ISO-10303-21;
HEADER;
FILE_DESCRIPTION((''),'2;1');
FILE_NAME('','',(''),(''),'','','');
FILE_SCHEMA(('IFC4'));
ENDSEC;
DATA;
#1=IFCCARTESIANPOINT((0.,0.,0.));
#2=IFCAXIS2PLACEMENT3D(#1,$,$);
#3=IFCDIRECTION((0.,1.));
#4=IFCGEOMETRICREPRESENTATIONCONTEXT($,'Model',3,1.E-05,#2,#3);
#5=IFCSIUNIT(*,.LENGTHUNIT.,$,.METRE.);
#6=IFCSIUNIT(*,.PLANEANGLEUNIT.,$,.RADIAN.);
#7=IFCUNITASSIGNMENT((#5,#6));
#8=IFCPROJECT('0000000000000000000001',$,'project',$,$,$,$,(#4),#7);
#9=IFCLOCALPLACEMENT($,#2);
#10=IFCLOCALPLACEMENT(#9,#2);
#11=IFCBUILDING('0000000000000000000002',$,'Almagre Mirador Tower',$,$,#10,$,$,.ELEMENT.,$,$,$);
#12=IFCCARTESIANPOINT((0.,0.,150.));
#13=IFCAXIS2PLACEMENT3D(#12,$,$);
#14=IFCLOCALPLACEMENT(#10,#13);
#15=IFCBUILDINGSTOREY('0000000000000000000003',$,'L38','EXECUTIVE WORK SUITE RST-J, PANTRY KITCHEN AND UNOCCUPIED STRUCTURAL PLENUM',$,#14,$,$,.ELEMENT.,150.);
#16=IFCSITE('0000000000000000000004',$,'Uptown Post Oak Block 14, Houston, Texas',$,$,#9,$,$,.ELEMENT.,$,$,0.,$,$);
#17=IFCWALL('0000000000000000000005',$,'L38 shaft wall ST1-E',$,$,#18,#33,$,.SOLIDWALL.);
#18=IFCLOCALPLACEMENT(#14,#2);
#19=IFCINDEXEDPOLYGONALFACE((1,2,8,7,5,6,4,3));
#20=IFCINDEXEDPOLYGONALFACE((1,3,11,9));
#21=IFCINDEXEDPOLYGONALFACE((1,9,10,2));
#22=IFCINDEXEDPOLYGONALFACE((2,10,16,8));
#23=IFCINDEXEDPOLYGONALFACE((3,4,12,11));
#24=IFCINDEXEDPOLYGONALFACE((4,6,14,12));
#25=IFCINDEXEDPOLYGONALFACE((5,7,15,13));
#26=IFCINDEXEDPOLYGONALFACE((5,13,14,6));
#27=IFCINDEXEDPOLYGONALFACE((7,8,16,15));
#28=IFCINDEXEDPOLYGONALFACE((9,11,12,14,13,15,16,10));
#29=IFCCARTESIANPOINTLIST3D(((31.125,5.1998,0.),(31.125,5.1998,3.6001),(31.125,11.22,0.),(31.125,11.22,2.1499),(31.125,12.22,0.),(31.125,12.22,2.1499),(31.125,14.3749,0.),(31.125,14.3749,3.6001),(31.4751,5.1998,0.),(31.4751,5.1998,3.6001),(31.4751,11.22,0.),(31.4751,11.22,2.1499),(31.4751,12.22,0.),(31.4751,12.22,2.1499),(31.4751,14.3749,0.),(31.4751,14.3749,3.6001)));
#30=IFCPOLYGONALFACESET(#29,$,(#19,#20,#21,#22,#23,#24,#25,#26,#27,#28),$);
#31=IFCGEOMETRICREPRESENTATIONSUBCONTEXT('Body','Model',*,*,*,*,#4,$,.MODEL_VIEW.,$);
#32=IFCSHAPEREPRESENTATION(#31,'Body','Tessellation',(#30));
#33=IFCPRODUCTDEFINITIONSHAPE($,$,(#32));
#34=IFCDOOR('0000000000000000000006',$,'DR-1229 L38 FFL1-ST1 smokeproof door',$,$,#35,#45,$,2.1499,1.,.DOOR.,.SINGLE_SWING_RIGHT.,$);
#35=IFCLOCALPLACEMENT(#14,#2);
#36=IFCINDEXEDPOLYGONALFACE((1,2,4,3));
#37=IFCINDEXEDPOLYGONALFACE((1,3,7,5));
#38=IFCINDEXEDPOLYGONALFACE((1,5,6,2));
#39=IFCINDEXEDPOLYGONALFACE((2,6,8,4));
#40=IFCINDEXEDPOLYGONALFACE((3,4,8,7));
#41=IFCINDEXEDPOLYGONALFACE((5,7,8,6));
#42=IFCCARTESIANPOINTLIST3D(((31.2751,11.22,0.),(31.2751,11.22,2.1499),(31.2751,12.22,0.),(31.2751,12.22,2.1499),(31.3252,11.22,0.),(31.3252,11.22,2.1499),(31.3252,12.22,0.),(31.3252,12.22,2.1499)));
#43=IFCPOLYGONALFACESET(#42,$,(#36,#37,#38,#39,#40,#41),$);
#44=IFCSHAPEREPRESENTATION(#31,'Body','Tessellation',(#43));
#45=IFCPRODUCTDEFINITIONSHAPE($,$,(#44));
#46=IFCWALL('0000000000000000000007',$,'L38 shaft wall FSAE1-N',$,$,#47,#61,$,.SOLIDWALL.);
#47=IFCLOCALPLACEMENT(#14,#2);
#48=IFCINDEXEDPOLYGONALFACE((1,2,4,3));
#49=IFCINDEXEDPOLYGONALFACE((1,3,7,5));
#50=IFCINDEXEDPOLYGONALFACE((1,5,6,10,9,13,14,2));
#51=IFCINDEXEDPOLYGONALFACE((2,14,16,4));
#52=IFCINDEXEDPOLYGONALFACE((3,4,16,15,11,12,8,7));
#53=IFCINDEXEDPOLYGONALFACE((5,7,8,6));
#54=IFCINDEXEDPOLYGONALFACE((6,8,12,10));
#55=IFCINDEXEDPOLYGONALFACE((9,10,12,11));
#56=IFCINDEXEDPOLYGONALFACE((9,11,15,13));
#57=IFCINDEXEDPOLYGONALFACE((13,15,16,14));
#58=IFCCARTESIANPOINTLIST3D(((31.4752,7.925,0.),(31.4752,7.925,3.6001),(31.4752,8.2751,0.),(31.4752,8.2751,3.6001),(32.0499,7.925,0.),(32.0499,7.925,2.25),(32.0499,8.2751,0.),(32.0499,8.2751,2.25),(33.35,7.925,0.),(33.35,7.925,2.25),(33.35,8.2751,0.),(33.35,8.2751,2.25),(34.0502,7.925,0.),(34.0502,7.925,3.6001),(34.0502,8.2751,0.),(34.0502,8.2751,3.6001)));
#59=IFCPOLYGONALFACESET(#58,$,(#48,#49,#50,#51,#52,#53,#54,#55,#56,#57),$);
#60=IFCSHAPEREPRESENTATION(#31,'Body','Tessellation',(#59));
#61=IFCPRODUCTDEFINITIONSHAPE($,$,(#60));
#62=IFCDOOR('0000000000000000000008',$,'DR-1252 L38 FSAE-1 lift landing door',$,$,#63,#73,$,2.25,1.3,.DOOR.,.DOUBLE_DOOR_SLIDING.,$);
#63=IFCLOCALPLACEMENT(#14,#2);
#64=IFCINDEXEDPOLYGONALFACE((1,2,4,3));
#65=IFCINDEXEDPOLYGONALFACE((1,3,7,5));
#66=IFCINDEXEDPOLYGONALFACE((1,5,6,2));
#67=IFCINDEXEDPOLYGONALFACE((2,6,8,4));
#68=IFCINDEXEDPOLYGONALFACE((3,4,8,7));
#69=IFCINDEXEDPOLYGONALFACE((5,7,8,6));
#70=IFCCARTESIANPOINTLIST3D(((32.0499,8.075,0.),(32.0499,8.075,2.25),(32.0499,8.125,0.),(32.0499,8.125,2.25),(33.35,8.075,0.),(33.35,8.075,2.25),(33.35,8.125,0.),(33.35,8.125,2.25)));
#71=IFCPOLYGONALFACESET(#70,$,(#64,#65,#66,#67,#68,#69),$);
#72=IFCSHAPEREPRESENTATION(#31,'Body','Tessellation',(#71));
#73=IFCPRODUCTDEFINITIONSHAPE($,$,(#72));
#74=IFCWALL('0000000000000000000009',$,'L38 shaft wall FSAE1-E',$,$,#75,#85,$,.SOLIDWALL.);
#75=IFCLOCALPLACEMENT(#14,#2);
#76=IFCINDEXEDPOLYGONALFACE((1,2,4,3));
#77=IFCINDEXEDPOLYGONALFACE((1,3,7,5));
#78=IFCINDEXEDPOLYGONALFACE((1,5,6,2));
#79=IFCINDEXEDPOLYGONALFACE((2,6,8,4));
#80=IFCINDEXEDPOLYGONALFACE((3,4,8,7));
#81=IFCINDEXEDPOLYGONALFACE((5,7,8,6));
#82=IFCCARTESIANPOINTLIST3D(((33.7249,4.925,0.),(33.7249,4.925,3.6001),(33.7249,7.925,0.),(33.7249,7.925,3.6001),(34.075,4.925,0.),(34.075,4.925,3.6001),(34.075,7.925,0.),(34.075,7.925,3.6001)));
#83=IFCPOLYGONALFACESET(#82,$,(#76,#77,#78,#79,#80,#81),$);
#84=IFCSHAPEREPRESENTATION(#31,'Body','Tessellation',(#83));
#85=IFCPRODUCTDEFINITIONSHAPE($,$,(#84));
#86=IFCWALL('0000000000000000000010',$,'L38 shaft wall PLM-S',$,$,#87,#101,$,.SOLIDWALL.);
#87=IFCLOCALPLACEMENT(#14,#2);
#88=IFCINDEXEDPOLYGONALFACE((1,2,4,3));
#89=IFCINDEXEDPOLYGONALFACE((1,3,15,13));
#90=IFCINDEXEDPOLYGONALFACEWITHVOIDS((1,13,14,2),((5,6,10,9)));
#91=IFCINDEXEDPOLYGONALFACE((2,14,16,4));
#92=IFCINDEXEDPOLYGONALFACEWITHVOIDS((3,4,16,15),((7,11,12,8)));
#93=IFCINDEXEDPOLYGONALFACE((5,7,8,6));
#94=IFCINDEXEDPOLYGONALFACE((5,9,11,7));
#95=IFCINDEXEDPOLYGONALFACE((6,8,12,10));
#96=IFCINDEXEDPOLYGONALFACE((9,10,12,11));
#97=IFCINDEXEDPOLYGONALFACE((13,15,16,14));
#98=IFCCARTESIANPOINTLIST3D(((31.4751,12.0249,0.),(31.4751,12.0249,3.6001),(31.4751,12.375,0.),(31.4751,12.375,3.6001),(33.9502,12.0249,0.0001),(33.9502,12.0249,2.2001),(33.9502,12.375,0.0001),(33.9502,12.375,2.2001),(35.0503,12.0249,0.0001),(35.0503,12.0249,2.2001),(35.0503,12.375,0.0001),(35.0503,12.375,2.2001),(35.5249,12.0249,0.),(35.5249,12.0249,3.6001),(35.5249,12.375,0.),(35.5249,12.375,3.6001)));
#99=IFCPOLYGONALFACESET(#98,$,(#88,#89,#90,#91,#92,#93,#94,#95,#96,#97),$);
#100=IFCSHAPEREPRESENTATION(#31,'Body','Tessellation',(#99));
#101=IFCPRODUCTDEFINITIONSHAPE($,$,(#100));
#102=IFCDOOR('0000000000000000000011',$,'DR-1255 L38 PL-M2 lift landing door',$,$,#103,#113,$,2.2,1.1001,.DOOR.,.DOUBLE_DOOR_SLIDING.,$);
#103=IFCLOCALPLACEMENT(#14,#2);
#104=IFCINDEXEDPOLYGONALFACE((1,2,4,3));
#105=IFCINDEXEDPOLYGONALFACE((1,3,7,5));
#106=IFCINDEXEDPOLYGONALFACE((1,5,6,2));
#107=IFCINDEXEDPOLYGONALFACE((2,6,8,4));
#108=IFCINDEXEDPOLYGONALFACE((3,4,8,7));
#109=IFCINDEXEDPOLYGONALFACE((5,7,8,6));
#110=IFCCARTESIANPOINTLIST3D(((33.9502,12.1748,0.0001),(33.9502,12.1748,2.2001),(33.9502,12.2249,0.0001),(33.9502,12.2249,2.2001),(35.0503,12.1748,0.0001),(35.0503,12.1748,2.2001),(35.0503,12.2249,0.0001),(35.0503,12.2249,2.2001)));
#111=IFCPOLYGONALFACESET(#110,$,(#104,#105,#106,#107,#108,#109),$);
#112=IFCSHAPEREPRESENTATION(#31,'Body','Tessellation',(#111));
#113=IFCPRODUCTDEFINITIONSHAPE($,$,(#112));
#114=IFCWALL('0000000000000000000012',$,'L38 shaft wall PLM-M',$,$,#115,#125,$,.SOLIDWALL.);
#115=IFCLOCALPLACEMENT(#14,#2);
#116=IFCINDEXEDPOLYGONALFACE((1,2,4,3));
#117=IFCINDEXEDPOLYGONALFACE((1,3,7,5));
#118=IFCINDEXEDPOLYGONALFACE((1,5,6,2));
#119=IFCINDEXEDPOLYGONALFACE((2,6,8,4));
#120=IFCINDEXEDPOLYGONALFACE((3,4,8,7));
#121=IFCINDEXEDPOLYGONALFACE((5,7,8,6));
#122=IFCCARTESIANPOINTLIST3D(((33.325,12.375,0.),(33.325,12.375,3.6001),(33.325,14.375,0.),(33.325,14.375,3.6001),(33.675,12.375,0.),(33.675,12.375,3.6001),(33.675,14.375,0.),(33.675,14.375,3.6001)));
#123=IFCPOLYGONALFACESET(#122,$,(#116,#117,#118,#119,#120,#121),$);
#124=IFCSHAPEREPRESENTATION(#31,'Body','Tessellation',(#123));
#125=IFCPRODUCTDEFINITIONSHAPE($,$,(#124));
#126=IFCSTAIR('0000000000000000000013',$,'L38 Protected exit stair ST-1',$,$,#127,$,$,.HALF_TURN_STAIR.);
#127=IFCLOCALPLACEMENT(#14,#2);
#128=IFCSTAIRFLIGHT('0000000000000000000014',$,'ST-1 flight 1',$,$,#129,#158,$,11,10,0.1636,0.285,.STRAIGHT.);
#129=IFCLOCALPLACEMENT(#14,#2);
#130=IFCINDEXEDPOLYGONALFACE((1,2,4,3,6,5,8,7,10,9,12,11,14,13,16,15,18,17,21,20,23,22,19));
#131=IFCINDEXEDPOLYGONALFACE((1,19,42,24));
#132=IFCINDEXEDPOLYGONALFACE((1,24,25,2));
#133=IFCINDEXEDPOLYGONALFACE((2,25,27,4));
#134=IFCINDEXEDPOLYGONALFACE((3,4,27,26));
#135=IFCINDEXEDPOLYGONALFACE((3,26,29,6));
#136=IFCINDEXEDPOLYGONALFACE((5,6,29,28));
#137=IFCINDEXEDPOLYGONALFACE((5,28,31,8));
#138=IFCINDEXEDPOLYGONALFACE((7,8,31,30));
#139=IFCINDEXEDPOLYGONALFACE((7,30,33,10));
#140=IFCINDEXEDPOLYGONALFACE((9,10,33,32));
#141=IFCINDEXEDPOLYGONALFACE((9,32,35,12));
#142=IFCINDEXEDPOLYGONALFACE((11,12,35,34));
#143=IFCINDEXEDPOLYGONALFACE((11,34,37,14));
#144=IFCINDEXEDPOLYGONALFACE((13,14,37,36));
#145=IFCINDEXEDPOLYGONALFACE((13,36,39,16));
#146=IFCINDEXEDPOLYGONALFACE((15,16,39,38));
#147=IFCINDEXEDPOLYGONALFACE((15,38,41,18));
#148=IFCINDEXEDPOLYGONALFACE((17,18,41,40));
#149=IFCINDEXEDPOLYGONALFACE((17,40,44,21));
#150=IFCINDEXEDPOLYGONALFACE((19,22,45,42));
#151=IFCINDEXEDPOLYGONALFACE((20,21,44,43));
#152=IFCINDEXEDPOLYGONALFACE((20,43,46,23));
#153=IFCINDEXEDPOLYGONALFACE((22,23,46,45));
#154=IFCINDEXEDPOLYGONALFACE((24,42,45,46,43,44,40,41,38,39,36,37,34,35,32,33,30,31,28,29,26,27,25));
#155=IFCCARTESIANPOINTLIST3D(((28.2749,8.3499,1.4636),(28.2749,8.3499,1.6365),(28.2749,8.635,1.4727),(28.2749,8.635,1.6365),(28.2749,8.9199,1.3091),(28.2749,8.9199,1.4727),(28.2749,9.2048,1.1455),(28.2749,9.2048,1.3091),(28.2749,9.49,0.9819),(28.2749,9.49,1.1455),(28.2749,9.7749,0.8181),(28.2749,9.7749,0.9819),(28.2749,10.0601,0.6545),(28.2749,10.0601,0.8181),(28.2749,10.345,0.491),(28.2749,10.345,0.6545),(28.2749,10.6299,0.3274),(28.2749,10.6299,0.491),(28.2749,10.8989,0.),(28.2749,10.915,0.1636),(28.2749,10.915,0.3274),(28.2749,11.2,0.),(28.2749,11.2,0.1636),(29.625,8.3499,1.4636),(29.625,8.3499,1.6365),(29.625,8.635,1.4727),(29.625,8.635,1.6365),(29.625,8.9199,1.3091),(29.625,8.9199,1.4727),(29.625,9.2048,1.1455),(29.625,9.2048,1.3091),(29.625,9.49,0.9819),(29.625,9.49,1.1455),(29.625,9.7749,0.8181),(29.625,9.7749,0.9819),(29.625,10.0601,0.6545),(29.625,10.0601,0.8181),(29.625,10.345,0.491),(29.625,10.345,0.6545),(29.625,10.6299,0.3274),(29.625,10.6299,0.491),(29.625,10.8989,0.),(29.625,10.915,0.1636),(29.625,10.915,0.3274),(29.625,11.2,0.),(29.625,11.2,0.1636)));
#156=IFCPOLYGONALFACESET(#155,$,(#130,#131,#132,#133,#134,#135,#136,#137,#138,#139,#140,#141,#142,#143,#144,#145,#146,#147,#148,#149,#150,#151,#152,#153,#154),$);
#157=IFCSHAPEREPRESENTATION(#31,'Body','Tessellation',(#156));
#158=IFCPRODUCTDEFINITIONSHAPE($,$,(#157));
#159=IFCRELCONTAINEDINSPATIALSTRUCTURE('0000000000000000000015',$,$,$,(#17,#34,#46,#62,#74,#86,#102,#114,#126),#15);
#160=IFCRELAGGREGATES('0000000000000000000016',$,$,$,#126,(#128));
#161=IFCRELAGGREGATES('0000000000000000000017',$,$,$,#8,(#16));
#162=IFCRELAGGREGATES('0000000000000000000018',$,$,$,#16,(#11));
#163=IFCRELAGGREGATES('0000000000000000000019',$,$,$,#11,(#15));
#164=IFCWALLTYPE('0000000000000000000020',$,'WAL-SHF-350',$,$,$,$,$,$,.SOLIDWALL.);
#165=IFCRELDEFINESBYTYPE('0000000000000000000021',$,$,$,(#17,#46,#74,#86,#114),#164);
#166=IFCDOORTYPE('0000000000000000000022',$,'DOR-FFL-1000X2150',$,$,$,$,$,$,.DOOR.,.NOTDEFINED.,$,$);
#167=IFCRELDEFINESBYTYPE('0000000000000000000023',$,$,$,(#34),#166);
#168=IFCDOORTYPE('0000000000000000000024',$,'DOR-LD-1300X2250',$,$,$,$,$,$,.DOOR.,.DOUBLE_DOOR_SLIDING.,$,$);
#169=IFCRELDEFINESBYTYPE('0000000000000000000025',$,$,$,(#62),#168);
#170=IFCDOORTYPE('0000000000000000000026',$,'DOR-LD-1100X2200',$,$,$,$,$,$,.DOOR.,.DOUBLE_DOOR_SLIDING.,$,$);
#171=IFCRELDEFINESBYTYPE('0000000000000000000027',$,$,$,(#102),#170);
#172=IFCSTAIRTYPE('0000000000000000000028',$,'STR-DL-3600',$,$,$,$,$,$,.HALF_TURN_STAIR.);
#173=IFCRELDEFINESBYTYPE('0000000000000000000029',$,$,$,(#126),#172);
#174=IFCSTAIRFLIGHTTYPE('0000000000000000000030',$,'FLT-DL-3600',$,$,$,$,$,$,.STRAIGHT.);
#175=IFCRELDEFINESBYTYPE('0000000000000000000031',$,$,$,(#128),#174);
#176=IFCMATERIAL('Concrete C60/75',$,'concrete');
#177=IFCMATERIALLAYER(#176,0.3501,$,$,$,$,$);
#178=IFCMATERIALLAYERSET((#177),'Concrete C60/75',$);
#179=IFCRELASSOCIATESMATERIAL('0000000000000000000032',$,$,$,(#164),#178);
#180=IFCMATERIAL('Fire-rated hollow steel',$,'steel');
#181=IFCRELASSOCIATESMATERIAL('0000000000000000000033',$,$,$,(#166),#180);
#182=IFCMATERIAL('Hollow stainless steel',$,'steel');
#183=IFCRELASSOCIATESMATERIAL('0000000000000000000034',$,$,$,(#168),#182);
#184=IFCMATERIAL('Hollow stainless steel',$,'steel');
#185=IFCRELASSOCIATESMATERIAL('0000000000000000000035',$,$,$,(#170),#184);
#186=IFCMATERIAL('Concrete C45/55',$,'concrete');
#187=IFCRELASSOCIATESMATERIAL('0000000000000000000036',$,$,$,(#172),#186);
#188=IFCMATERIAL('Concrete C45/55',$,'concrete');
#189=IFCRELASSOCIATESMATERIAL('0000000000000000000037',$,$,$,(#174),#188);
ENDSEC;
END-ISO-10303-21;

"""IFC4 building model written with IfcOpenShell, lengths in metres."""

from ifc_helpers import new_model, si_unit, direction, frame, frame_2d, origin, place, context, subcontext, project, spatial, polyline, rectangle, outline, extrude, material, layer, layer_set, type_object, element, fill, aggregate, save


model = new_model("IFC4")

# Units and contexts
model_context = context("Model", 3, precision=1e-05, world=origin(), true_north=direction((0.0, 1.0)))
body_context = subcontext(model_context, "Body", "Model", "MODEL_VIEW")
ifc_project = project(units=[si_unit("LENGTHUNIT", "METRE"), si_unit("PLANEANGLEUNIT", "RADIAN")], contexts=[model_context])

# Site, building, storey
site_placement = place(None, origin())
site = spatial("IfcSite", under=ifc_project, at=site_placement, Name="Uptown Post Oak Block 14, Houston, Texas", CompositionType="ELEMENT", RefElevation=0.0)
building_placement = place(site_placement, origin())
building = spatial("IfcBuilding", under=site, at=building_placement, Name="Almagre Mirador Tower", CompositionType="ELEMENT")
storey_placement = place(building_placement, frame((0.0, 0.0, 150.0)))
storey = spatial("IfcBuildingStorey", under=building, at=storey_placement, Name="L38", Description="EXECUTIVE WORK SUITE RST-J, PANTRY KITCHEN AND UNOCCUPIED STRUCTURAL PLENUM", CompositionType="ELEMENT", Elevation=150.0)

# Walls, openings, doors
ifc_material_1 = material(Name="Concrete C60/75", Category="concrete")
ifc_layer_1 = layer(ifc_material_1, 0.3501)
ifc_layer_set_1 = layer_set([ifc_layer_1], Name="Concrete C60/75")
wall_type_1 = type_object("IfcWallType", Name="WAL-SHF-350", PredefinedType="SOLIDWALL", material=ifc_layer_set_1)
wall_1_placement = place(storey_placement, frame((31.3, 5.2, 0.0), z_axis=(0.0, 0.0, 1.0), x_axis=(0.0, 1.0, 0.0)))
wall_1 = element("IfcWall", 1, at=wall_1_placement, inside=storey, type_object=wall_type_1, Name="L38 shaft wall ST1-E", PredefinedType="SOLIDWALL", context=body_context, shape_type="SweptSolid", body=[
    extrude(rectangle(XDim=9.175, YDim=0.3501, at=frame_2d((4.5874, 0.0))), origin(), (0.0, 0.0, 1.0), 3.6001),
])
opening_1_placement = place(wall_1_placement, frame((6.02, 0.0, 0.0)))
opening_1 = element("IfcOpeningElement", 2, at=opening_1_placement, cuts=wall_1, PredefinedType="OPENING", context=body_context, shape_type="SweptSolid", body=[
    extrude(rectangle(XDim=1.0, YDim=2.1499, at=frame_2d((0.5, 1.075))), frame((0.0, 0.185, 0.0), z_axis=(0.0, -1.0, 0.0), x_axis=(1.0, 0.0, 0.0)), (0.0, 0.0, 1.0), 0.3701),
])
ifc_material_2 = material(Name="Fire-rated hollow steel", Category="steel")
door_type_1 = type_object("IfcDoorType", Name="DOR-FFL-1000X2150", OperationType="NOTDEFINED", PredefinedType="DOOR", material=ifc_material_2)
door_1_placement = place(opening_1_placement, origin())
door_1 = element("IfcDoor", 3, at=door_1_placement, inside=storey, type_object=door_type_1, Name="DR-1229 L38 FFL1-ST1 smokeproof door", OperationType="SINGLE_SWING_RIGHT", OverallHeight=2.1499, OverallWidth=1.0, PredefinedType="DOOR", context=body_context, shape_type="SweptSolid", body=[
    extrude(rectangle(XDim=1.0, YDim=2.1499, at=frame_2d((0.5, 1.075))), frame((0.0, 0.0249, 0.0), z_axis=(0.0, -1.0, 0.0), x_axis=(1.0, 0.0, 0.0)), (0.0, 0.0, 1.0), 0.05),
])
fill(opening_1, door_1)
wall_2_placement = place(storey_placement, frame((31.4751, 8.1001, 0.0), z_axis=(0.0, 0.0, 1.0), x_axis=(1.0, 0.0, 0.0)))
wall_2 = element("IfcWall", 4, at=wall_2_placement, inside=storey, type_object=wall_type_1, Name="L38 shaft wall FSAE1-N", PredefinedType="SOLIDWALL", context=body_context, shape_type="SweptSolid", body=[
    extrude(rectangle(XDim=2.575, YDim=0.3501, at=frame_2d((1.2876, 0.0))), origin(), (0.0, 0.0, 1.0), 3.6001),
])
opening_2_placement = place(wall_2_placement, frame((0.575, 0.0, 0.0)))
opening_2 = element("IfcOpeningElement", 5, at=opening_2_placement, cuts=wall_2, PredefinedType="OPENING", context=body_context, shape_type="SweptSolid", body=[
    extrude(rectangle(XDim=1.3, YDim=2.25, at=frame_2d((0.6499, 1.125))), frame((0.0, 0.185, 0.0), z_axis=(0.0, -1.0, 0.0), x_axis=(1.0, 0.0, 0.0)), (0.0, 0.0, 1.0), 0.3701),
])
ifc_material_3 = material(Name="Hollow stainless steel", Category="steel")
door_type_2 = type_object("IfcDoorType", Name="DOR-LD-1300X2250", OperationType="DOUBLE_DOOR_SLIDING", PredefinedType="DOOR", material=ifc_material_3)
door_2_placement = place(opening_2_placement, origin())
door_2 = element("IfcDoor", 6, at=door_2_placement, inside=storey, type_object=door_type_2, Name="DR-1252 L38 FSAE-1 lift landing door", OperationType="DOUBLE_DOOR_SLIDING", OverallHeight=2.25, OverallWidth=1.3, PredefinedType="DOOR", context=body_context, shape_type="SweptSolid", body=[
    extrude(rectangle(XDim=1.3, YDim=2.25, at=frame_2d((0.6499, 1.125))), frame((0.0, 0.0249, 0.0), z_axis=(0.0, -1.0, 0.0), x_axis=(1.0, 0.0, 0.0)), (0.0, 0.0, 1.0), 0.05),
])
fill(opening_2, door_2)

# Wall
wall_3_placement = place(storey_placement, frame((33.8999, 4.925, 0.0), z_axis=(0.0, 0.0, 1.0), x_axis=(0.0, 1.0, 0.0)))
element("IfcWall", 7, at=wall_3_placement, inside=storey, type_object=wall_type_1, Name="L38 shaft wall FSAE1-E", PredefinedType="SOLIDWALL", context=body_context, shape_type="SweptSolid", body=[
    extrude(rectangle(XDim=3.0, YDim=0.3501, at=frame_2d((1.5, 0.0))), origin(), (0.0, 0.0, 1.0), 3.6001),
])

# Wall, opening, door
wall_4_placement = place(storey_placement, frame((31.4751, 12.2, 0.0), z_axis=(0.0, 0.0, 1.0), x_axis=(1.0, 0.0, 0.0)))
wall_4 = element("IfcWall", 8, at=wall_4_placement, inside=storey, type_object=wall_type_1, Name="L38 shaft wall PLM-S", PredefinedType="SOLIDWALL", context=body_context, shape_type="SweptSolid", body=[
    extrude(rectangle(XDim=4.0498, YDim=0.3501, at=frame_2d((2.0249, 0.0))), origin(), (0.0, 0.0, 1.0), 3.6001),
])
opening_3_placement = place(wall_4_placement, frame((2.4751, 0.0, 0.0)))
opening_3 = element("IfcOpeningElement", 9, at=opening_3_placement, cuts=wall_4, PredefinedType="OPENING", context=body_context, shape_type="SweptSolid", body=[
    extrude(rectangle(XDim=1.1001, YDim=2.2, at=frame_2d((0.55, 1.1001))), frame((0.0, 0.185, 0.0), z_axis=(0.0, -1.0, 0.0), x_axis=(1.0, 0.0, 0.0)), (0.0, 0.0, 1.0), 0.3701),
])
ifc_material_4 = material(Name="Hollow stainless steel", Category="steel")
door_type_3 = type_object("IfcDoorType", Name="DOR-LD-1100X2200", OperationType="DOUBLE_DOOR_SLIDING", PredefinedType="DOOR", material=ifc_material_4)
door_3_placement = place(opening_3_placement, origin())
door_3 = element("IfcDoor", 10, at=door_3_placement, inside=storey, type_object=door_type_3, Name="DR-1255 L38 PL-M2 lift landing door", OperationType="DOUBLE_DOOR_SLIDING", OverallHeight=2.2, OverallWidth=1.1001, PredefinedType="DOOR", context=body_context, shape_type="SweptSolid", body=[
    extrude(rectangle(XDim=1.1001, YDim=2.2, at=frame_2d((0.55, 1.1001))), frame((0.0, 0.0249, 0.0), z_axis=(0.0, -1.0, 0.0), x_axis=(1.0, 0.0, 0.0)), (0.0, 0.0, 1.0), 0.05),
])
fill(opening_3, door_3)

# Wall
wall_5_placement = place(storey_placement, frame((33.5, 12.375, 0.0), z_axis=(0.0, 0.0, 1.0), x_axis=(0.0, 1.0, 0.0)))
element("IfcWall", 11, at=wall_5_placement, inside=storey, type_object=wall_type_1, Name="L38 shaft wall PLM-M", PredefinedType="SOLIDWALL", context=body_context, shape_type="SweptSolid", body=[
    extrude(rectangle(XDim=2.0, YDim=0.3501, at=frame_2d((1.0, 0.0))), origin(), (0.0, 0.0, 1.0), 3.6001),
])

# Stair, stair flight
ifc_material_5 = material(Name="Concrete C45/55", Category="concrete")
stair_type = type_object("IfcStairType", Name="STR-DL-3600", PredefinedType="HALF_TURN_STAIR", material=ifc_material_5)
stair_placement = place(storey_placement, origin())
stair = element("IfcStair", 12, at=stair_placement, inside=storey, type_object=stair_type, Name="L38 Protected exit stair ST-1", PredefinedType="HALF_TURN_STAIR")
ifc_material_6 = material(Name="Concrete C45/55", Category="concrete")
stair_flight_type = type_object("IfcStairFlightType", Name="FLT-DL-3600", PredefinedType="STRAIGHT", material=ifc_material_6)
stair_flight_1_placement = place(storey_placement, frame((28.95, 11.2, 0.0), z_axis=(0.0, 0.0, 1.0), x_axis=(0.0, -1.0, 0.0)))
stair_flight_1 = element("IfcStairFlight", 13, at=stair_flight_1_placement, type_object=stair_flight_type, Name="ST-1 flight 1", NumberOfRisers=11, NumberOfTreads=10, PredefinedType="STRAIGHT", RiserHeight=0.1636, TreadLength=0.285, context=body_context, shape_type="SweptSolid", body=[
    extrude(outline(polyline([(0.0, 0.0), (0.0, 0.1636), (0.2849, 0.1636), (0.2849, 0.3274), (0.5701, 0.3274), (0.5701, 0.491), (0.855, 0.491), (0.855, 0.6545), (1.1399, 0.6545), (1.1399, 0.8181), (1.425, 0.8181), (1.425, 0.9819), (1.71, 0.9819), (1.71, 1.1455), (1.9951, 1.1455), (1.9951, 1.3091), (2.28, 1.3091), (2.28, 1.4727), (2.5649, 1.4727), (2.5649, 1.6365), (2.8501, 1.6365), (2.8501, 1.8), (2.8501, 1.4636), (0.301, 0.0), (0.0, 0.0)])), frame((0.0, 0.675, 0.0), z_axis=(0.0, -1.0, 0.0), x_axis=(1.0, 0.0, 0.0)), (0.0, 0.0, 1.0), 1.3501),
])
aggregate(stair, [stair_flight_1])

save(model, "model.ifc")
